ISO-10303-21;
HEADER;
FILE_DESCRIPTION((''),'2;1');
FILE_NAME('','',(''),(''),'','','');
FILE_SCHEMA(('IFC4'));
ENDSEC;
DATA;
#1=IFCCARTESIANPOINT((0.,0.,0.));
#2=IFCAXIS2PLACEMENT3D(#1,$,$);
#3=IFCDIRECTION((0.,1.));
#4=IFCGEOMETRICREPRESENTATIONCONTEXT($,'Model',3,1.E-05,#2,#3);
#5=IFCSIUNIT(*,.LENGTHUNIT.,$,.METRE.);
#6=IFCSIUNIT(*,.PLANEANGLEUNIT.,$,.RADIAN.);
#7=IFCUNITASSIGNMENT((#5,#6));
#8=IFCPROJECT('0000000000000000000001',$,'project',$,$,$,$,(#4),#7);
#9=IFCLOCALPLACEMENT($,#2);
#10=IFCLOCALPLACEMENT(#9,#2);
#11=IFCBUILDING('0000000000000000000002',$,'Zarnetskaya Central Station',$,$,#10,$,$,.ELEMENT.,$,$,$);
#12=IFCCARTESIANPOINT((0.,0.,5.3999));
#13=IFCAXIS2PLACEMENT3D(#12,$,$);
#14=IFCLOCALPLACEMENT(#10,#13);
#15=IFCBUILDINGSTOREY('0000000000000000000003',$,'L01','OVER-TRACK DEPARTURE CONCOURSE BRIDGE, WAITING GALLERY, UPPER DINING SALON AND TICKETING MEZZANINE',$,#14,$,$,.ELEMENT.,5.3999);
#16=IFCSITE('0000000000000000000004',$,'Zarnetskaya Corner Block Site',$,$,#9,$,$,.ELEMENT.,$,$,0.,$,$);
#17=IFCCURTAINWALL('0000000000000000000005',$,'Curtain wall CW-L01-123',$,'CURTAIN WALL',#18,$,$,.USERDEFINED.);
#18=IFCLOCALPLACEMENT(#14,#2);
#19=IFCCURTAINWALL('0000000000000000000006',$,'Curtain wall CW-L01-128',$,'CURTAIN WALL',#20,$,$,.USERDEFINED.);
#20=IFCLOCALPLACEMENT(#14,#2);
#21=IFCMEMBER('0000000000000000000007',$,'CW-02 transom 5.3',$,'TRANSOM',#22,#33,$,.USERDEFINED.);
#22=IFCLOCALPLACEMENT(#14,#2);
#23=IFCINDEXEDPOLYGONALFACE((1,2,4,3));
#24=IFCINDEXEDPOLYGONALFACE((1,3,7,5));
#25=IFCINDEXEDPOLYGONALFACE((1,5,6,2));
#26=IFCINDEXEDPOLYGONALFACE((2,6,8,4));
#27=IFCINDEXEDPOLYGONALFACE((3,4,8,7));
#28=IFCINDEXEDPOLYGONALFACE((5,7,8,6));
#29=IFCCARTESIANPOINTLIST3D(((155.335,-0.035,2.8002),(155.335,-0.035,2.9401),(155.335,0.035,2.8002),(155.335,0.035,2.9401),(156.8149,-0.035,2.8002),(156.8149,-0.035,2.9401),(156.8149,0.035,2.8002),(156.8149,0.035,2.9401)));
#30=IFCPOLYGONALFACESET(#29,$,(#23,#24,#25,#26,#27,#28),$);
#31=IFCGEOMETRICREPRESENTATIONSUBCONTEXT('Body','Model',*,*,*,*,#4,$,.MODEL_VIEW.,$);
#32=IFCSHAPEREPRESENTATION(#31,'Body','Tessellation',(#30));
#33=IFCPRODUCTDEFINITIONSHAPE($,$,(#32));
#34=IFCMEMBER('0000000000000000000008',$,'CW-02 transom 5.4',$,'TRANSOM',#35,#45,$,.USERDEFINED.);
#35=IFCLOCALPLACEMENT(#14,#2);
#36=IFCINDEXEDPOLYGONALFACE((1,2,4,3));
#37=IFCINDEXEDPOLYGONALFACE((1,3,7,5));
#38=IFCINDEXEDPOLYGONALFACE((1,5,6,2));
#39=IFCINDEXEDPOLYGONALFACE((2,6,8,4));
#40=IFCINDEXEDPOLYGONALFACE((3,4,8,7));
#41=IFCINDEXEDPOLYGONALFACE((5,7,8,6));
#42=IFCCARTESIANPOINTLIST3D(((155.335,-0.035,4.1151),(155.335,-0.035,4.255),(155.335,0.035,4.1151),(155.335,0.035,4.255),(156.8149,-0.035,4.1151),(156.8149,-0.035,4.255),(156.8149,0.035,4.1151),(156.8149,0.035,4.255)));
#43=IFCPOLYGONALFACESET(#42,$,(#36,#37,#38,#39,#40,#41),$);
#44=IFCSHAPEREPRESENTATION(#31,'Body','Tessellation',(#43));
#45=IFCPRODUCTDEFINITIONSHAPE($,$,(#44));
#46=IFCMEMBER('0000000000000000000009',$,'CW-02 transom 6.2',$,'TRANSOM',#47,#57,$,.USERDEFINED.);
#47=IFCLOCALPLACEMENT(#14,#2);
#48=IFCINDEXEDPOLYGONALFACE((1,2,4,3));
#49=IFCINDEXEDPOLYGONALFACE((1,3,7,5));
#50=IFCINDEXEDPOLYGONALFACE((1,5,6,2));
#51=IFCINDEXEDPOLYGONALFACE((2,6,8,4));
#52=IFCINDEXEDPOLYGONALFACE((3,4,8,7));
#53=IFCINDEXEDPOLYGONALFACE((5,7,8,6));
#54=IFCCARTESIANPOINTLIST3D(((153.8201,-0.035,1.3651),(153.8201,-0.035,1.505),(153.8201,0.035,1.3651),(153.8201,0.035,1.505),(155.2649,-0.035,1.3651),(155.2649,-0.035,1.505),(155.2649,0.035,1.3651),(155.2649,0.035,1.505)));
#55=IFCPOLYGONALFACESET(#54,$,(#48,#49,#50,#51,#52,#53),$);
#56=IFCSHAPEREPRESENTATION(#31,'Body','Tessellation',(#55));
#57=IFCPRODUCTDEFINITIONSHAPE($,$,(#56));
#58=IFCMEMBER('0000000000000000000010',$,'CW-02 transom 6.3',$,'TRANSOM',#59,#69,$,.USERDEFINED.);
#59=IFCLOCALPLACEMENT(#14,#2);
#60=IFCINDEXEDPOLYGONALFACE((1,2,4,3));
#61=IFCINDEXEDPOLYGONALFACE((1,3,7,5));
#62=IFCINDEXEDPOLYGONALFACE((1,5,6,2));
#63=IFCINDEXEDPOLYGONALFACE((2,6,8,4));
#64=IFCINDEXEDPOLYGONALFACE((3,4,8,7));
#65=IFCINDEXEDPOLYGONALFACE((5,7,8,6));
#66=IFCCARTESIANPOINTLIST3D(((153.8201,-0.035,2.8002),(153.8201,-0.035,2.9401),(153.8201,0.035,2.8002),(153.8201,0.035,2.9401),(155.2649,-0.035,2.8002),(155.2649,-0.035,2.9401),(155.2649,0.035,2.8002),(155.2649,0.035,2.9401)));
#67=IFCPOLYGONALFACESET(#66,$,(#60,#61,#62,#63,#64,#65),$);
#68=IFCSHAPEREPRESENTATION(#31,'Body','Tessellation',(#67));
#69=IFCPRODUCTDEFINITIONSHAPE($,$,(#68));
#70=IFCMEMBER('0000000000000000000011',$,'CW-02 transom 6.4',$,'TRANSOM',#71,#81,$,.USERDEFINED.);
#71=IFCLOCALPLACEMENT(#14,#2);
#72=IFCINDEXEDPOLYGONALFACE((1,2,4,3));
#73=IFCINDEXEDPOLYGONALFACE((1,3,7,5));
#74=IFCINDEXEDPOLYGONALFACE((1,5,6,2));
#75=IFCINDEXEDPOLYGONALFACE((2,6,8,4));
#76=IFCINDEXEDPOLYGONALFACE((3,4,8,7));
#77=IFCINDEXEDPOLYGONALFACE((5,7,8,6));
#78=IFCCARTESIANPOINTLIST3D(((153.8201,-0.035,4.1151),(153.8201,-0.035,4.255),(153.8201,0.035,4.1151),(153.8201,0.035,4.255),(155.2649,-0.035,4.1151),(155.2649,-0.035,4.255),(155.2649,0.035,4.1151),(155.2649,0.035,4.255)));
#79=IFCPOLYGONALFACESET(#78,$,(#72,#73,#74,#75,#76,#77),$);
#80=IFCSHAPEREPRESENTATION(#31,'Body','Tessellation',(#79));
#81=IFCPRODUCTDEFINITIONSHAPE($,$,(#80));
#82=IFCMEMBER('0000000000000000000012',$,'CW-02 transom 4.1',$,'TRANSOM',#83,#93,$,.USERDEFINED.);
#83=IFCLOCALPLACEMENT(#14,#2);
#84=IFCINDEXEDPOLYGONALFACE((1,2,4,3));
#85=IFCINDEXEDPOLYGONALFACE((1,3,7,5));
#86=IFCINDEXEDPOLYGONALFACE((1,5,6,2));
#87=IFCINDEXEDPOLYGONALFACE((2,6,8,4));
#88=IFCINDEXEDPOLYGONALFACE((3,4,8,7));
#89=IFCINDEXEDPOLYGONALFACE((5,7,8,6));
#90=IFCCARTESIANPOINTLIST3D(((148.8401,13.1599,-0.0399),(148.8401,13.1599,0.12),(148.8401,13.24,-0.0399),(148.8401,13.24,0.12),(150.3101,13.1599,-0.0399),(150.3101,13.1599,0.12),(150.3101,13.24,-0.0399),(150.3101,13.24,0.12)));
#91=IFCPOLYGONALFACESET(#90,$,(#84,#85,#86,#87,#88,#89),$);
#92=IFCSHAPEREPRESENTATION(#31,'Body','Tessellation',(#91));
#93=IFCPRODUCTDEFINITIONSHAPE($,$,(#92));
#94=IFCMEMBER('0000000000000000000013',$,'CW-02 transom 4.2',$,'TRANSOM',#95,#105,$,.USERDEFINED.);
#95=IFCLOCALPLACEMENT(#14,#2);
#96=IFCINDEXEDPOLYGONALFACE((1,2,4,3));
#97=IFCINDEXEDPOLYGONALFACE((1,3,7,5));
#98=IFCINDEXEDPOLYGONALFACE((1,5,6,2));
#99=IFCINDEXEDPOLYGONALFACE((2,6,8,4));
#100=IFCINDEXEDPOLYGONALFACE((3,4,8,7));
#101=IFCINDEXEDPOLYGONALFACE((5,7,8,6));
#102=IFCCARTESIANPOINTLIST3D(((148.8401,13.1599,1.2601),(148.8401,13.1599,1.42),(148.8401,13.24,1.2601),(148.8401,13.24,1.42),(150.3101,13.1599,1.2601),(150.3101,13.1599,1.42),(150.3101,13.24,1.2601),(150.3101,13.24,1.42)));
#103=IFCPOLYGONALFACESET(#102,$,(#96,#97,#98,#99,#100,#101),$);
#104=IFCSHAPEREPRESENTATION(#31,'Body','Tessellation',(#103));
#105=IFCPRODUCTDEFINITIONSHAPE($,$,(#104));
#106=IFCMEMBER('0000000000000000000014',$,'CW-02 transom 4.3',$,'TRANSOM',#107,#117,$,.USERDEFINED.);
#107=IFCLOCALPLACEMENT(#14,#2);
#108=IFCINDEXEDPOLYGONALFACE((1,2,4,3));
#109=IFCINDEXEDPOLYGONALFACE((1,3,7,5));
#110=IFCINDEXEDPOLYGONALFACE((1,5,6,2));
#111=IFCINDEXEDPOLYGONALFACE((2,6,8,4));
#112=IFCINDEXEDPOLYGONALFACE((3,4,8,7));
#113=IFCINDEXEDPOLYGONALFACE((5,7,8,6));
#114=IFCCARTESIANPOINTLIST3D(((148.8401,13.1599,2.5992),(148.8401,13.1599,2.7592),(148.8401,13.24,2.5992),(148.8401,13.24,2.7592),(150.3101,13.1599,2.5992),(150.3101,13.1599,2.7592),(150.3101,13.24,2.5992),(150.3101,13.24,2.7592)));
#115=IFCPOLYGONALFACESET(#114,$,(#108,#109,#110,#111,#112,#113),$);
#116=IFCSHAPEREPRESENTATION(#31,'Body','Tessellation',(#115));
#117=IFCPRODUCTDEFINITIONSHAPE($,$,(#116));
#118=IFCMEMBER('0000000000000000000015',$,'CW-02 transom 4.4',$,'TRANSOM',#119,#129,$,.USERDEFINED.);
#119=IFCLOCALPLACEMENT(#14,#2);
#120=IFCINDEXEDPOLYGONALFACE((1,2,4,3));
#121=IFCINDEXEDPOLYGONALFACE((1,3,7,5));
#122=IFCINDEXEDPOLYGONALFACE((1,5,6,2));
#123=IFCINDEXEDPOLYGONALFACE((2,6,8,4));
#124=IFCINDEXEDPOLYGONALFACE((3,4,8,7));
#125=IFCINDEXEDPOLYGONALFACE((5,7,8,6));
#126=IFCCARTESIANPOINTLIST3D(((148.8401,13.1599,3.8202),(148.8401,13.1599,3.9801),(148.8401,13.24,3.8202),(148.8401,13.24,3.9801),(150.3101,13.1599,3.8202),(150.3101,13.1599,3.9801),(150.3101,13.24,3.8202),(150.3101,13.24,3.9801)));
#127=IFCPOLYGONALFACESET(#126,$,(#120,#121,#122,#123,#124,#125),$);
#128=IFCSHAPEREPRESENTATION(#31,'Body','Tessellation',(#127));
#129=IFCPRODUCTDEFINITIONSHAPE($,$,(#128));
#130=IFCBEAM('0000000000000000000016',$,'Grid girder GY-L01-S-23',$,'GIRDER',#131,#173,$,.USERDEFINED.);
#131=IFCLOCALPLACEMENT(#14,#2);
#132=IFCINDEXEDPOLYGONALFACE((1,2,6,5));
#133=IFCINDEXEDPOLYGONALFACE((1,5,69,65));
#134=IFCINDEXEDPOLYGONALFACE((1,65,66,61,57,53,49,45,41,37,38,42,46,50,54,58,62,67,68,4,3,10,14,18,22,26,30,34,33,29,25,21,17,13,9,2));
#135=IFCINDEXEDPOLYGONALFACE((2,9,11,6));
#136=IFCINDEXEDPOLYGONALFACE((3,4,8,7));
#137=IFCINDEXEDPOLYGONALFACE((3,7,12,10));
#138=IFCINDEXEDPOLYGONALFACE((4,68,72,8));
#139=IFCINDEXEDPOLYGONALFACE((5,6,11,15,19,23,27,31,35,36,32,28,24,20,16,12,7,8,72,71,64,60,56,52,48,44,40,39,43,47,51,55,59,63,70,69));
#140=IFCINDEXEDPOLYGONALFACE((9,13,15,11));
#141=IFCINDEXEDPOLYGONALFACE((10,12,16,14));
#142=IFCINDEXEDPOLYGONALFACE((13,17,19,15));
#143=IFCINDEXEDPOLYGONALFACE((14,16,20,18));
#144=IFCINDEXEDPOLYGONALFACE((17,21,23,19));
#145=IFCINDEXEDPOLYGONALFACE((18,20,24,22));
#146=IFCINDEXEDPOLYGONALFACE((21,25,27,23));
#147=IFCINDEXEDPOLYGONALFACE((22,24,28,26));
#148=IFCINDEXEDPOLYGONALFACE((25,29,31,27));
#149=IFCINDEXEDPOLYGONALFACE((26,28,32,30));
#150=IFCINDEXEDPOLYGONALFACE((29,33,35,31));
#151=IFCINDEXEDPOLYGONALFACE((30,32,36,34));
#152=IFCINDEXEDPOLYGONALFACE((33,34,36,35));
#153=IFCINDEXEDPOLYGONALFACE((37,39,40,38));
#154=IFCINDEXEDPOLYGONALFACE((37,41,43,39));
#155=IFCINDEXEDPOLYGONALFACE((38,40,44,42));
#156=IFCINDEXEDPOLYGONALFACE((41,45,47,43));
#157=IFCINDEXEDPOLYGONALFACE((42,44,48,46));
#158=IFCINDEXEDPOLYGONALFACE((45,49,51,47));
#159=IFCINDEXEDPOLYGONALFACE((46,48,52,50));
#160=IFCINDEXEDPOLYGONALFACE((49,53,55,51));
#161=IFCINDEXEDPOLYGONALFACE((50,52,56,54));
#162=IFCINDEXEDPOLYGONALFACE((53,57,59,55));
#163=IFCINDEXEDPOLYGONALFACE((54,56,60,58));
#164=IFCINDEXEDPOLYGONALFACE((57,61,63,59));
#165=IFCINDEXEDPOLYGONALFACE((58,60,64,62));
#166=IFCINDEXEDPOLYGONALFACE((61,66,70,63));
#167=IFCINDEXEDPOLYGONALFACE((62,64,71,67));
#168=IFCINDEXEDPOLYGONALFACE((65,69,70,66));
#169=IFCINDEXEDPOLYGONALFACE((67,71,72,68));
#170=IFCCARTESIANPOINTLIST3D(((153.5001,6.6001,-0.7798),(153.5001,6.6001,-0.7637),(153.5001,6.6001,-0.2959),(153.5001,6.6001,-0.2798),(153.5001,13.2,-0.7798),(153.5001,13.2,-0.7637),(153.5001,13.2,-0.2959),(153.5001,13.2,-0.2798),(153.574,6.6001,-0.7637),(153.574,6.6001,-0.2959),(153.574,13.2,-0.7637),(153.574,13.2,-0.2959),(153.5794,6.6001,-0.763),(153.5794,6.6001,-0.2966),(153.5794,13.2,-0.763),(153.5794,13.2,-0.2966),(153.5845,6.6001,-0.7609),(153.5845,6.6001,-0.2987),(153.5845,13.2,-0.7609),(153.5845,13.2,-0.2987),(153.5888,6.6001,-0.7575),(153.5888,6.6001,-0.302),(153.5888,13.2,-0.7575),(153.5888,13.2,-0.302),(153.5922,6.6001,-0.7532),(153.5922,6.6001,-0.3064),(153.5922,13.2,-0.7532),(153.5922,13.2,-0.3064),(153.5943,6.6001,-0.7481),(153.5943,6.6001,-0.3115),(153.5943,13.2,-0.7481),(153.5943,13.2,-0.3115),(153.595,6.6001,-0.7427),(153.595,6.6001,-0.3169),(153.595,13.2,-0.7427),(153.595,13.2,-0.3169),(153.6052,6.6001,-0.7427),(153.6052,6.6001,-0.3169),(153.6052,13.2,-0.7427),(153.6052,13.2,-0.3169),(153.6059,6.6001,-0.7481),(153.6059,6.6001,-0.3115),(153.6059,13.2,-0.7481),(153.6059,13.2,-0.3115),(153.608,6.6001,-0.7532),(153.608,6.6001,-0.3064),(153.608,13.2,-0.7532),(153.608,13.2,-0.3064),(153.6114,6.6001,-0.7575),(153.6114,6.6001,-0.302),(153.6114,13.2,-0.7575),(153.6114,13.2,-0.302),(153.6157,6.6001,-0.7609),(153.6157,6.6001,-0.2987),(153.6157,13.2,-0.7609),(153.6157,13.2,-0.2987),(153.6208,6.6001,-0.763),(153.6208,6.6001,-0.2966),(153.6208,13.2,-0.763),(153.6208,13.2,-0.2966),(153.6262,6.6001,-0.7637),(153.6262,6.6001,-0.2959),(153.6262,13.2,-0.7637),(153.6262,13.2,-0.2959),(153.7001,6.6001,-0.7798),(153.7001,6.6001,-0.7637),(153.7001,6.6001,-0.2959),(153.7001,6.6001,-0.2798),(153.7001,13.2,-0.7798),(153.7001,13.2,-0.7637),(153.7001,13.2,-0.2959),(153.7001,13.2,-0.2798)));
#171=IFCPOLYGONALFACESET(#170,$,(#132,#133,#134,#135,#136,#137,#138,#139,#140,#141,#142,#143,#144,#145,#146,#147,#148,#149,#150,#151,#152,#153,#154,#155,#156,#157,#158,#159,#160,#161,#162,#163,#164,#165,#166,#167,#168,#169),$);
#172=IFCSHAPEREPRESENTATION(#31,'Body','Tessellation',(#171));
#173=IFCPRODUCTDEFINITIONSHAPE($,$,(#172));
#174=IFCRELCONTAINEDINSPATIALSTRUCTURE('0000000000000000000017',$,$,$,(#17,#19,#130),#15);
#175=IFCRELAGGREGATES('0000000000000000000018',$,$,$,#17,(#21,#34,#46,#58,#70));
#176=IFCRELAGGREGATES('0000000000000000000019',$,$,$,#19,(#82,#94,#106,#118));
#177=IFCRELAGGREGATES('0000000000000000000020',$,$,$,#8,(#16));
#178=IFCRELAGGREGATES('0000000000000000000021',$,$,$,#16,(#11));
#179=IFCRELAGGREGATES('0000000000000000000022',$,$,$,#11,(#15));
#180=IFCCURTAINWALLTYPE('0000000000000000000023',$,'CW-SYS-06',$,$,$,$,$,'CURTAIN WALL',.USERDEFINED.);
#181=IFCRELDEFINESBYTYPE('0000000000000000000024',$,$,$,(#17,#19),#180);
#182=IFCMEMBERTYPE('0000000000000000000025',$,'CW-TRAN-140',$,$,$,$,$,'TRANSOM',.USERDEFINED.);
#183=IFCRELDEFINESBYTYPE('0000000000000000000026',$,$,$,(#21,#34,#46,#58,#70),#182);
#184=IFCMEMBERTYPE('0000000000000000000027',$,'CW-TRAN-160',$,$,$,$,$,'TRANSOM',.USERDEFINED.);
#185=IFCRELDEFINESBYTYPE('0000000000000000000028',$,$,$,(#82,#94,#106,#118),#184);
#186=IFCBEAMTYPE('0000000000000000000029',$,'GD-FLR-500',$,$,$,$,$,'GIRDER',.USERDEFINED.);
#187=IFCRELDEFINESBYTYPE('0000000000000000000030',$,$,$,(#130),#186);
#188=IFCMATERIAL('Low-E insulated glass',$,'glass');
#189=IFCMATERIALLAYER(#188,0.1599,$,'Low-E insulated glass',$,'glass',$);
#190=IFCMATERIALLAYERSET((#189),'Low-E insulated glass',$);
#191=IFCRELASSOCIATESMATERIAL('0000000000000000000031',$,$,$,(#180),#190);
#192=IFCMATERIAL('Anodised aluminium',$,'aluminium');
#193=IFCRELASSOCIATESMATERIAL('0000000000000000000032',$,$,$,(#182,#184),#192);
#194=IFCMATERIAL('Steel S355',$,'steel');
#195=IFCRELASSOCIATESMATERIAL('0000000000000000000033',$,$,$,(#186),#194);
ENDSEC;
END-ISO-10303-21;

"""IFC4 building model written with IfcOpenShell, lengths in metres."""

from ifc_helpers import new_model, si_unit, direction, frame, origin, origin_2d, place, context, subcontext, project, spatial, rectangle, i_section, extrude, material, layer, layer_set, material_profile, profile_set, type_object, element, aggregate, save


model = new_model("IFC4")

# Units and contexts
model_context = context("Model", 3, precision=1e-05, world=origin(), true_north=direction((0.0, 1.0)))
body_context = subcontext(model_context, "Body", "Model", "MODEL_VIEW")
ifc_project = project(units=[si_unit("LENGTHUNIT", "METRE"), si_unit("PLANEANGLEUNIT", "RADIAN")], contexts=[model_context])

# Site, building, storey
site_placement = place(None, origin())
site = spatial("IfcSite", under=ifc_project, at=site_placement, Name="Zarnetskaya Corner Block Site", CompositionType="ELEMENT", RefElevation=0.0)
building_placement = place(site_placement, origin())
building = spatial("IfcBuilding", under=site, at=building_placement, Name="Zarnetskaya Central Station", CompositionType="ELEMENT")
storey_placement = place(building_placement, frame((0.0, 0.0, 5.3999)))
storey = spatial("IfcBuildingStorey", under=building, at=storey_placement, Name="L01", Description="OVER-TRACK DEPARTURE CONCOURSE BRIDGE, WAITING GALLERY, UPPER DINING SALON AND TICKETING MEZZANINE", CompositionType="ELEMENT", Elevation=5.3999)

# Shared definitions
ifc_material_1 = material(Name="Steel S355", Category="steel")

# Curtain wall
ifc_material_2 = material(Name="Low-E insulated glass", Category="glass")
ifc_layer_1 = layer(ifc_material_2, 0.1599, Name="Low-E insulated glass", Category="glass")
ifc_layer_set_1 = layer_set([ifc_layer_1], Name="Low-E insulated glass")
curtain_wall_type = type_object("IfcCurtainWallType", Name="CW-SYS-06", ElementType="CURTAIN WALL", PredefinedType="USERDEFINED", material=ifc_layer_set_1)
curtain_wall_1_placement = place(storey_placement, origin())
curtain_wall_1 = element("IfcCurtainWall", 1, at=curtain_wall_1_placement, inside=storey, type_object=curtain_wall_type, Name="Curtain wall CW-L01-123", ObjectType="CURTAIN WALL", PredefinedType="USERDEFINED")
ifc_material_3 = material(Name="Anodised aluminium", Category="aluminium")

# Curtain wall
curtain_wall_2_placement = place(storey_placement, origin())
curtain_wall_2 = element("IfcCurtainWall", 2, at=curtain_wall_2_placement, inside=storey, type_object=curtain_wall_type, Name="Curtain wall CW-L01-128", ObjectType="CURTAIN WALL", PredefinedType="USERDEFINED")

# Members
ifc_material_profile_1 = material_profile(ifc_material_3, rectangle(XDim=0.0701, YDim=0.1399, at=origin_2d()), Name="ALU TRAN 70x140")
ifc_profile_set_1 = profile_set([ifc_material_profile_1], Name="Anodised aluminium")
member_type_1 = type_object("IfcMemberType", Name="CW-TRAN-140", ElementType="TRANSOM", PredefinedType="USERDEFINED", material=ifc_profile_set_1)
member_1_placement = place(storey_placement, frame((156.8149, 0.0, 2.8701), z_axis=(-1.0, 0.0, 0.0), x_axis=(0.0, -1.0, 0.0)))
member_1 = element("IfcMember", 3, at=member_1_placement, type_object=member_type_1, Name="CW-02 transom 5.3", ObjectType="TRANSOM", PredefinedType="USERDEFINED", context=body_context, shape_type="SweptSolid", body=[
    extrude(rectangle(XDim=0.0701, YDim=0.1399, at=origin_2d()), origin(), (0.0, 0.0, 1.0), 1.48),
])
member_2_placement = place(storey_placement, frame((156.8149, 0.0, 4.1851), z_axis=(-1.0, 0.0, 0.0), x_axis=(0.0, -1.0, 0.0)))
member_2 = element("IfcMember", 4, at=member_2_placement, type_object=member_type_1, Name="CW-02 transom 5.4", ObjectType="TRANSOM", PredefinedType="USERDEFINED", context=body_context, shape_type="SweptSolid", body=[
    extrude(rectangle(XDim=0.0701, YDim=0.1399, at=origin_2d()), origin(), (0.0, 0.0, 1.0), 1.48),
])
member_3_placement = place(storey_placement, frame((155.2649, 0.0, 1.4351), z_axis=(-1.0, 0.0, 0.0), x_axis=(0.0, -1.0, 0.0)))
member_3 = element("IfcMember", 5, at=member_3_placement, type_object=member_type_1, Name="CW-02 transom 6.2", ObjectType="TRANSOM", PredefinedType="USERDEFINED", context=body_context, shape_type="SweptSolid", body=[
    extrude(rectangle(XDim=0.0701, YDim=0.1399, at=origin_2d()), origin(), (0.0, 0.0, 1.0), 1.4448),
])
member_4_placement = place(storey_placement, frame((155.2649, 0.0, 2.8701), z_axis=(-1.0, 0.0, 0.0), x_axis=(0.0, -1.0, 0.0)))
member_4 = element("IfcMember", 6, at=member_4_placement, type_object=member_type_1, Name="CW-02 transom 6.3", ObjectType="TRANSOM", PredefinedType="USERDEFINED", context=body_context, shape_type="SweptSolid", body=[
    extrude(rectangle(XDim=0.0701, YDim=0.1399, at=origin_2d()), origin(), (0.0, 0.0, 1.0), 1.4448),
])
member_5_placement = place(storey_placement, frame((155.2649, 0.0, 4.1851), z_axis=(-1.0, 0.0, 0.0), x_axis=(0.0, -1.0, 0.0)))
member_5 = element("IfcMember", 7, at=member_5_placement, type_object=member_type_1, Name="CW-02 transom 6.4", ObjectType="TRANSOM", PredefinedType="USERDEFINED", context=body_context, shape_type="SweptSolid", body=[
    extrude(rectangle(XDim=0.0701, YDim=0.1399, at=origin_2d()), origin(), (0.0, 0.0, 1.0), 1.4448),
])
ifc_material_profile_2 = material_profile(ifc_material_3, rectangle(XDim=0.0801, YDim=0.1599, at=origin_2d()), Name="ALU TRAN 80x160")
ifc_profile_set_2 = profile_set([ifc_material_profile_2], Name="Anodised aluminium")
member_type_2 = type_object("IfcMemberType", Name="CW-TRAN-160", ElementType="TRANSOM", PredefinedType="USERDEFINED", material=ifc_profile_set_2)
member_6_placement = place(storey_placement, frame((148.8401, 13.2, 0.04), z_axis=(1.0, 0.0, 0.0), x_axis=(0.0, 1.0, 0.0)))
member_6 = element("IfcMember", 8, at=member_6_placement, type_object=member_type_2, Name="CW-02 transom 4.1", ObjectType="TRANSOM", PredefinedType="USERDEFINED", context=body_context, shape_type="SweptSolid", body=[
    extrude(rectangle(XDim=0.0801, YDim=0.1599, at=origin_2d()), origin(), (0.0, 0.0, 1.0), 1.47),
])
member_7_placement = place(storey_placement, frame((148.8401, 13.2, 1.3401), z_axis=(1.0, 0.0, 0.0), x_axis=(0.0, 1.0, 0.0)))
member_7 = element("IfcMember", 9, at=member_7_placement, type_object=member_type_2, Name="CW-02 transom 4.2", ObjectType="TRANSOM", PredefinedType="USERDEFINED", context=body_context, shape_type="SweptSolid", body=[
    extrude(rectangle(XDim=0.0801, YDim=0.1599, at=origin_2d()), origin(), (0.0, 0.0, 1.0), 1.47),
])
member_8_placement = place(storey_placement, frame((148.8401, 13.2, 2.6792), z_axis=(1.0, 0.0, 0.0), x_axis=(0.0, 1.0, 0.0)))
member_8 = element("IfcMember", 10, at=member_8_placement, type_object=member_type_2, Name="CW-02 transom 4.3", ObjectType="TRANSOM", PredefinedType="USERDEFINED", context=body_context, shape_type="SweptSolid", body=[
    extrude(rectangle(XDim=0.0801, YDim=0.1599, at=origin_2d()), origin(), (0.0, 0.0, 1.0), 1.47),
])
member_9_placement = place(storey_placement, frame((148.8401, 13.2, 3.9001), z_axis=(1.0, 0.0, 0.0), x_axis=(0.0, 1.0, 0.0)))
member_9 = element("IfcMember", 11, at=member_9_placement, type_object=member_type_2, Name="CW-02 transom 4.4", ObjectType="TRANSOM", PredefinedType="USERDEFINED", context=body_context, shape_type="SweptSolid", body=[
    extrude(rectangle(XDim=0.0801, YDim=0.1599, at=origin_2d()), origin(), (0.0, 0.0, 1.0), 1.47),
])

# Beam
ifc_material_profile_3 = material_profile(ifc_material_1, i_section(OverallWidth=0.2, OverallDepth=0.5, WebThickness=0.0103, FlangeThickness=0.0161, FilletRadius=0.021, at=origin_2d()), Name="IPE 500")
ifc_profile_set_3 = profile_set([ifc_material_profile_3], Name="Steel S355")
beam_type_1 = type_object("IfcBeamType", Name="GD-FLR-500", ElementType="GIRDER", PredefinedType="USERDEFINED", material=ifc_profile_set_3)
beam_1_placement = place(storey_placement, frame((153.6001, 6.6001, -0.5298), z_axis=(0.0, 1.0, 0.0), x_axis=(-1.0, 0.0, 0.0)))
element("IfcBeam", 12, at=beam_1_placement, inside=storey, type_object=beam_type_1, Name="Grid girder GY-L01-S-23", ObjectType="GIRDER", PredefinedType="USERDEFINED", context=body_context, shape_type="SweptSolid", body=[
    extrude(i_section(OverallWidth=0.2, OverallDepth=0.5, WebThickness=0.0103, FlangeThickness=0.0161, FilletRadius=0.021, at=origin_2d()), origin(), (0.0, 0.0, 1.0), 6.5999),
])

aggregate(curtain_wall_1, [member_1, member_2, member_3, member_4, member_5])
aggregate(curtain_wall_2, [member_6, member_7, member_8, member_9])

save(model, "model.ifc")
